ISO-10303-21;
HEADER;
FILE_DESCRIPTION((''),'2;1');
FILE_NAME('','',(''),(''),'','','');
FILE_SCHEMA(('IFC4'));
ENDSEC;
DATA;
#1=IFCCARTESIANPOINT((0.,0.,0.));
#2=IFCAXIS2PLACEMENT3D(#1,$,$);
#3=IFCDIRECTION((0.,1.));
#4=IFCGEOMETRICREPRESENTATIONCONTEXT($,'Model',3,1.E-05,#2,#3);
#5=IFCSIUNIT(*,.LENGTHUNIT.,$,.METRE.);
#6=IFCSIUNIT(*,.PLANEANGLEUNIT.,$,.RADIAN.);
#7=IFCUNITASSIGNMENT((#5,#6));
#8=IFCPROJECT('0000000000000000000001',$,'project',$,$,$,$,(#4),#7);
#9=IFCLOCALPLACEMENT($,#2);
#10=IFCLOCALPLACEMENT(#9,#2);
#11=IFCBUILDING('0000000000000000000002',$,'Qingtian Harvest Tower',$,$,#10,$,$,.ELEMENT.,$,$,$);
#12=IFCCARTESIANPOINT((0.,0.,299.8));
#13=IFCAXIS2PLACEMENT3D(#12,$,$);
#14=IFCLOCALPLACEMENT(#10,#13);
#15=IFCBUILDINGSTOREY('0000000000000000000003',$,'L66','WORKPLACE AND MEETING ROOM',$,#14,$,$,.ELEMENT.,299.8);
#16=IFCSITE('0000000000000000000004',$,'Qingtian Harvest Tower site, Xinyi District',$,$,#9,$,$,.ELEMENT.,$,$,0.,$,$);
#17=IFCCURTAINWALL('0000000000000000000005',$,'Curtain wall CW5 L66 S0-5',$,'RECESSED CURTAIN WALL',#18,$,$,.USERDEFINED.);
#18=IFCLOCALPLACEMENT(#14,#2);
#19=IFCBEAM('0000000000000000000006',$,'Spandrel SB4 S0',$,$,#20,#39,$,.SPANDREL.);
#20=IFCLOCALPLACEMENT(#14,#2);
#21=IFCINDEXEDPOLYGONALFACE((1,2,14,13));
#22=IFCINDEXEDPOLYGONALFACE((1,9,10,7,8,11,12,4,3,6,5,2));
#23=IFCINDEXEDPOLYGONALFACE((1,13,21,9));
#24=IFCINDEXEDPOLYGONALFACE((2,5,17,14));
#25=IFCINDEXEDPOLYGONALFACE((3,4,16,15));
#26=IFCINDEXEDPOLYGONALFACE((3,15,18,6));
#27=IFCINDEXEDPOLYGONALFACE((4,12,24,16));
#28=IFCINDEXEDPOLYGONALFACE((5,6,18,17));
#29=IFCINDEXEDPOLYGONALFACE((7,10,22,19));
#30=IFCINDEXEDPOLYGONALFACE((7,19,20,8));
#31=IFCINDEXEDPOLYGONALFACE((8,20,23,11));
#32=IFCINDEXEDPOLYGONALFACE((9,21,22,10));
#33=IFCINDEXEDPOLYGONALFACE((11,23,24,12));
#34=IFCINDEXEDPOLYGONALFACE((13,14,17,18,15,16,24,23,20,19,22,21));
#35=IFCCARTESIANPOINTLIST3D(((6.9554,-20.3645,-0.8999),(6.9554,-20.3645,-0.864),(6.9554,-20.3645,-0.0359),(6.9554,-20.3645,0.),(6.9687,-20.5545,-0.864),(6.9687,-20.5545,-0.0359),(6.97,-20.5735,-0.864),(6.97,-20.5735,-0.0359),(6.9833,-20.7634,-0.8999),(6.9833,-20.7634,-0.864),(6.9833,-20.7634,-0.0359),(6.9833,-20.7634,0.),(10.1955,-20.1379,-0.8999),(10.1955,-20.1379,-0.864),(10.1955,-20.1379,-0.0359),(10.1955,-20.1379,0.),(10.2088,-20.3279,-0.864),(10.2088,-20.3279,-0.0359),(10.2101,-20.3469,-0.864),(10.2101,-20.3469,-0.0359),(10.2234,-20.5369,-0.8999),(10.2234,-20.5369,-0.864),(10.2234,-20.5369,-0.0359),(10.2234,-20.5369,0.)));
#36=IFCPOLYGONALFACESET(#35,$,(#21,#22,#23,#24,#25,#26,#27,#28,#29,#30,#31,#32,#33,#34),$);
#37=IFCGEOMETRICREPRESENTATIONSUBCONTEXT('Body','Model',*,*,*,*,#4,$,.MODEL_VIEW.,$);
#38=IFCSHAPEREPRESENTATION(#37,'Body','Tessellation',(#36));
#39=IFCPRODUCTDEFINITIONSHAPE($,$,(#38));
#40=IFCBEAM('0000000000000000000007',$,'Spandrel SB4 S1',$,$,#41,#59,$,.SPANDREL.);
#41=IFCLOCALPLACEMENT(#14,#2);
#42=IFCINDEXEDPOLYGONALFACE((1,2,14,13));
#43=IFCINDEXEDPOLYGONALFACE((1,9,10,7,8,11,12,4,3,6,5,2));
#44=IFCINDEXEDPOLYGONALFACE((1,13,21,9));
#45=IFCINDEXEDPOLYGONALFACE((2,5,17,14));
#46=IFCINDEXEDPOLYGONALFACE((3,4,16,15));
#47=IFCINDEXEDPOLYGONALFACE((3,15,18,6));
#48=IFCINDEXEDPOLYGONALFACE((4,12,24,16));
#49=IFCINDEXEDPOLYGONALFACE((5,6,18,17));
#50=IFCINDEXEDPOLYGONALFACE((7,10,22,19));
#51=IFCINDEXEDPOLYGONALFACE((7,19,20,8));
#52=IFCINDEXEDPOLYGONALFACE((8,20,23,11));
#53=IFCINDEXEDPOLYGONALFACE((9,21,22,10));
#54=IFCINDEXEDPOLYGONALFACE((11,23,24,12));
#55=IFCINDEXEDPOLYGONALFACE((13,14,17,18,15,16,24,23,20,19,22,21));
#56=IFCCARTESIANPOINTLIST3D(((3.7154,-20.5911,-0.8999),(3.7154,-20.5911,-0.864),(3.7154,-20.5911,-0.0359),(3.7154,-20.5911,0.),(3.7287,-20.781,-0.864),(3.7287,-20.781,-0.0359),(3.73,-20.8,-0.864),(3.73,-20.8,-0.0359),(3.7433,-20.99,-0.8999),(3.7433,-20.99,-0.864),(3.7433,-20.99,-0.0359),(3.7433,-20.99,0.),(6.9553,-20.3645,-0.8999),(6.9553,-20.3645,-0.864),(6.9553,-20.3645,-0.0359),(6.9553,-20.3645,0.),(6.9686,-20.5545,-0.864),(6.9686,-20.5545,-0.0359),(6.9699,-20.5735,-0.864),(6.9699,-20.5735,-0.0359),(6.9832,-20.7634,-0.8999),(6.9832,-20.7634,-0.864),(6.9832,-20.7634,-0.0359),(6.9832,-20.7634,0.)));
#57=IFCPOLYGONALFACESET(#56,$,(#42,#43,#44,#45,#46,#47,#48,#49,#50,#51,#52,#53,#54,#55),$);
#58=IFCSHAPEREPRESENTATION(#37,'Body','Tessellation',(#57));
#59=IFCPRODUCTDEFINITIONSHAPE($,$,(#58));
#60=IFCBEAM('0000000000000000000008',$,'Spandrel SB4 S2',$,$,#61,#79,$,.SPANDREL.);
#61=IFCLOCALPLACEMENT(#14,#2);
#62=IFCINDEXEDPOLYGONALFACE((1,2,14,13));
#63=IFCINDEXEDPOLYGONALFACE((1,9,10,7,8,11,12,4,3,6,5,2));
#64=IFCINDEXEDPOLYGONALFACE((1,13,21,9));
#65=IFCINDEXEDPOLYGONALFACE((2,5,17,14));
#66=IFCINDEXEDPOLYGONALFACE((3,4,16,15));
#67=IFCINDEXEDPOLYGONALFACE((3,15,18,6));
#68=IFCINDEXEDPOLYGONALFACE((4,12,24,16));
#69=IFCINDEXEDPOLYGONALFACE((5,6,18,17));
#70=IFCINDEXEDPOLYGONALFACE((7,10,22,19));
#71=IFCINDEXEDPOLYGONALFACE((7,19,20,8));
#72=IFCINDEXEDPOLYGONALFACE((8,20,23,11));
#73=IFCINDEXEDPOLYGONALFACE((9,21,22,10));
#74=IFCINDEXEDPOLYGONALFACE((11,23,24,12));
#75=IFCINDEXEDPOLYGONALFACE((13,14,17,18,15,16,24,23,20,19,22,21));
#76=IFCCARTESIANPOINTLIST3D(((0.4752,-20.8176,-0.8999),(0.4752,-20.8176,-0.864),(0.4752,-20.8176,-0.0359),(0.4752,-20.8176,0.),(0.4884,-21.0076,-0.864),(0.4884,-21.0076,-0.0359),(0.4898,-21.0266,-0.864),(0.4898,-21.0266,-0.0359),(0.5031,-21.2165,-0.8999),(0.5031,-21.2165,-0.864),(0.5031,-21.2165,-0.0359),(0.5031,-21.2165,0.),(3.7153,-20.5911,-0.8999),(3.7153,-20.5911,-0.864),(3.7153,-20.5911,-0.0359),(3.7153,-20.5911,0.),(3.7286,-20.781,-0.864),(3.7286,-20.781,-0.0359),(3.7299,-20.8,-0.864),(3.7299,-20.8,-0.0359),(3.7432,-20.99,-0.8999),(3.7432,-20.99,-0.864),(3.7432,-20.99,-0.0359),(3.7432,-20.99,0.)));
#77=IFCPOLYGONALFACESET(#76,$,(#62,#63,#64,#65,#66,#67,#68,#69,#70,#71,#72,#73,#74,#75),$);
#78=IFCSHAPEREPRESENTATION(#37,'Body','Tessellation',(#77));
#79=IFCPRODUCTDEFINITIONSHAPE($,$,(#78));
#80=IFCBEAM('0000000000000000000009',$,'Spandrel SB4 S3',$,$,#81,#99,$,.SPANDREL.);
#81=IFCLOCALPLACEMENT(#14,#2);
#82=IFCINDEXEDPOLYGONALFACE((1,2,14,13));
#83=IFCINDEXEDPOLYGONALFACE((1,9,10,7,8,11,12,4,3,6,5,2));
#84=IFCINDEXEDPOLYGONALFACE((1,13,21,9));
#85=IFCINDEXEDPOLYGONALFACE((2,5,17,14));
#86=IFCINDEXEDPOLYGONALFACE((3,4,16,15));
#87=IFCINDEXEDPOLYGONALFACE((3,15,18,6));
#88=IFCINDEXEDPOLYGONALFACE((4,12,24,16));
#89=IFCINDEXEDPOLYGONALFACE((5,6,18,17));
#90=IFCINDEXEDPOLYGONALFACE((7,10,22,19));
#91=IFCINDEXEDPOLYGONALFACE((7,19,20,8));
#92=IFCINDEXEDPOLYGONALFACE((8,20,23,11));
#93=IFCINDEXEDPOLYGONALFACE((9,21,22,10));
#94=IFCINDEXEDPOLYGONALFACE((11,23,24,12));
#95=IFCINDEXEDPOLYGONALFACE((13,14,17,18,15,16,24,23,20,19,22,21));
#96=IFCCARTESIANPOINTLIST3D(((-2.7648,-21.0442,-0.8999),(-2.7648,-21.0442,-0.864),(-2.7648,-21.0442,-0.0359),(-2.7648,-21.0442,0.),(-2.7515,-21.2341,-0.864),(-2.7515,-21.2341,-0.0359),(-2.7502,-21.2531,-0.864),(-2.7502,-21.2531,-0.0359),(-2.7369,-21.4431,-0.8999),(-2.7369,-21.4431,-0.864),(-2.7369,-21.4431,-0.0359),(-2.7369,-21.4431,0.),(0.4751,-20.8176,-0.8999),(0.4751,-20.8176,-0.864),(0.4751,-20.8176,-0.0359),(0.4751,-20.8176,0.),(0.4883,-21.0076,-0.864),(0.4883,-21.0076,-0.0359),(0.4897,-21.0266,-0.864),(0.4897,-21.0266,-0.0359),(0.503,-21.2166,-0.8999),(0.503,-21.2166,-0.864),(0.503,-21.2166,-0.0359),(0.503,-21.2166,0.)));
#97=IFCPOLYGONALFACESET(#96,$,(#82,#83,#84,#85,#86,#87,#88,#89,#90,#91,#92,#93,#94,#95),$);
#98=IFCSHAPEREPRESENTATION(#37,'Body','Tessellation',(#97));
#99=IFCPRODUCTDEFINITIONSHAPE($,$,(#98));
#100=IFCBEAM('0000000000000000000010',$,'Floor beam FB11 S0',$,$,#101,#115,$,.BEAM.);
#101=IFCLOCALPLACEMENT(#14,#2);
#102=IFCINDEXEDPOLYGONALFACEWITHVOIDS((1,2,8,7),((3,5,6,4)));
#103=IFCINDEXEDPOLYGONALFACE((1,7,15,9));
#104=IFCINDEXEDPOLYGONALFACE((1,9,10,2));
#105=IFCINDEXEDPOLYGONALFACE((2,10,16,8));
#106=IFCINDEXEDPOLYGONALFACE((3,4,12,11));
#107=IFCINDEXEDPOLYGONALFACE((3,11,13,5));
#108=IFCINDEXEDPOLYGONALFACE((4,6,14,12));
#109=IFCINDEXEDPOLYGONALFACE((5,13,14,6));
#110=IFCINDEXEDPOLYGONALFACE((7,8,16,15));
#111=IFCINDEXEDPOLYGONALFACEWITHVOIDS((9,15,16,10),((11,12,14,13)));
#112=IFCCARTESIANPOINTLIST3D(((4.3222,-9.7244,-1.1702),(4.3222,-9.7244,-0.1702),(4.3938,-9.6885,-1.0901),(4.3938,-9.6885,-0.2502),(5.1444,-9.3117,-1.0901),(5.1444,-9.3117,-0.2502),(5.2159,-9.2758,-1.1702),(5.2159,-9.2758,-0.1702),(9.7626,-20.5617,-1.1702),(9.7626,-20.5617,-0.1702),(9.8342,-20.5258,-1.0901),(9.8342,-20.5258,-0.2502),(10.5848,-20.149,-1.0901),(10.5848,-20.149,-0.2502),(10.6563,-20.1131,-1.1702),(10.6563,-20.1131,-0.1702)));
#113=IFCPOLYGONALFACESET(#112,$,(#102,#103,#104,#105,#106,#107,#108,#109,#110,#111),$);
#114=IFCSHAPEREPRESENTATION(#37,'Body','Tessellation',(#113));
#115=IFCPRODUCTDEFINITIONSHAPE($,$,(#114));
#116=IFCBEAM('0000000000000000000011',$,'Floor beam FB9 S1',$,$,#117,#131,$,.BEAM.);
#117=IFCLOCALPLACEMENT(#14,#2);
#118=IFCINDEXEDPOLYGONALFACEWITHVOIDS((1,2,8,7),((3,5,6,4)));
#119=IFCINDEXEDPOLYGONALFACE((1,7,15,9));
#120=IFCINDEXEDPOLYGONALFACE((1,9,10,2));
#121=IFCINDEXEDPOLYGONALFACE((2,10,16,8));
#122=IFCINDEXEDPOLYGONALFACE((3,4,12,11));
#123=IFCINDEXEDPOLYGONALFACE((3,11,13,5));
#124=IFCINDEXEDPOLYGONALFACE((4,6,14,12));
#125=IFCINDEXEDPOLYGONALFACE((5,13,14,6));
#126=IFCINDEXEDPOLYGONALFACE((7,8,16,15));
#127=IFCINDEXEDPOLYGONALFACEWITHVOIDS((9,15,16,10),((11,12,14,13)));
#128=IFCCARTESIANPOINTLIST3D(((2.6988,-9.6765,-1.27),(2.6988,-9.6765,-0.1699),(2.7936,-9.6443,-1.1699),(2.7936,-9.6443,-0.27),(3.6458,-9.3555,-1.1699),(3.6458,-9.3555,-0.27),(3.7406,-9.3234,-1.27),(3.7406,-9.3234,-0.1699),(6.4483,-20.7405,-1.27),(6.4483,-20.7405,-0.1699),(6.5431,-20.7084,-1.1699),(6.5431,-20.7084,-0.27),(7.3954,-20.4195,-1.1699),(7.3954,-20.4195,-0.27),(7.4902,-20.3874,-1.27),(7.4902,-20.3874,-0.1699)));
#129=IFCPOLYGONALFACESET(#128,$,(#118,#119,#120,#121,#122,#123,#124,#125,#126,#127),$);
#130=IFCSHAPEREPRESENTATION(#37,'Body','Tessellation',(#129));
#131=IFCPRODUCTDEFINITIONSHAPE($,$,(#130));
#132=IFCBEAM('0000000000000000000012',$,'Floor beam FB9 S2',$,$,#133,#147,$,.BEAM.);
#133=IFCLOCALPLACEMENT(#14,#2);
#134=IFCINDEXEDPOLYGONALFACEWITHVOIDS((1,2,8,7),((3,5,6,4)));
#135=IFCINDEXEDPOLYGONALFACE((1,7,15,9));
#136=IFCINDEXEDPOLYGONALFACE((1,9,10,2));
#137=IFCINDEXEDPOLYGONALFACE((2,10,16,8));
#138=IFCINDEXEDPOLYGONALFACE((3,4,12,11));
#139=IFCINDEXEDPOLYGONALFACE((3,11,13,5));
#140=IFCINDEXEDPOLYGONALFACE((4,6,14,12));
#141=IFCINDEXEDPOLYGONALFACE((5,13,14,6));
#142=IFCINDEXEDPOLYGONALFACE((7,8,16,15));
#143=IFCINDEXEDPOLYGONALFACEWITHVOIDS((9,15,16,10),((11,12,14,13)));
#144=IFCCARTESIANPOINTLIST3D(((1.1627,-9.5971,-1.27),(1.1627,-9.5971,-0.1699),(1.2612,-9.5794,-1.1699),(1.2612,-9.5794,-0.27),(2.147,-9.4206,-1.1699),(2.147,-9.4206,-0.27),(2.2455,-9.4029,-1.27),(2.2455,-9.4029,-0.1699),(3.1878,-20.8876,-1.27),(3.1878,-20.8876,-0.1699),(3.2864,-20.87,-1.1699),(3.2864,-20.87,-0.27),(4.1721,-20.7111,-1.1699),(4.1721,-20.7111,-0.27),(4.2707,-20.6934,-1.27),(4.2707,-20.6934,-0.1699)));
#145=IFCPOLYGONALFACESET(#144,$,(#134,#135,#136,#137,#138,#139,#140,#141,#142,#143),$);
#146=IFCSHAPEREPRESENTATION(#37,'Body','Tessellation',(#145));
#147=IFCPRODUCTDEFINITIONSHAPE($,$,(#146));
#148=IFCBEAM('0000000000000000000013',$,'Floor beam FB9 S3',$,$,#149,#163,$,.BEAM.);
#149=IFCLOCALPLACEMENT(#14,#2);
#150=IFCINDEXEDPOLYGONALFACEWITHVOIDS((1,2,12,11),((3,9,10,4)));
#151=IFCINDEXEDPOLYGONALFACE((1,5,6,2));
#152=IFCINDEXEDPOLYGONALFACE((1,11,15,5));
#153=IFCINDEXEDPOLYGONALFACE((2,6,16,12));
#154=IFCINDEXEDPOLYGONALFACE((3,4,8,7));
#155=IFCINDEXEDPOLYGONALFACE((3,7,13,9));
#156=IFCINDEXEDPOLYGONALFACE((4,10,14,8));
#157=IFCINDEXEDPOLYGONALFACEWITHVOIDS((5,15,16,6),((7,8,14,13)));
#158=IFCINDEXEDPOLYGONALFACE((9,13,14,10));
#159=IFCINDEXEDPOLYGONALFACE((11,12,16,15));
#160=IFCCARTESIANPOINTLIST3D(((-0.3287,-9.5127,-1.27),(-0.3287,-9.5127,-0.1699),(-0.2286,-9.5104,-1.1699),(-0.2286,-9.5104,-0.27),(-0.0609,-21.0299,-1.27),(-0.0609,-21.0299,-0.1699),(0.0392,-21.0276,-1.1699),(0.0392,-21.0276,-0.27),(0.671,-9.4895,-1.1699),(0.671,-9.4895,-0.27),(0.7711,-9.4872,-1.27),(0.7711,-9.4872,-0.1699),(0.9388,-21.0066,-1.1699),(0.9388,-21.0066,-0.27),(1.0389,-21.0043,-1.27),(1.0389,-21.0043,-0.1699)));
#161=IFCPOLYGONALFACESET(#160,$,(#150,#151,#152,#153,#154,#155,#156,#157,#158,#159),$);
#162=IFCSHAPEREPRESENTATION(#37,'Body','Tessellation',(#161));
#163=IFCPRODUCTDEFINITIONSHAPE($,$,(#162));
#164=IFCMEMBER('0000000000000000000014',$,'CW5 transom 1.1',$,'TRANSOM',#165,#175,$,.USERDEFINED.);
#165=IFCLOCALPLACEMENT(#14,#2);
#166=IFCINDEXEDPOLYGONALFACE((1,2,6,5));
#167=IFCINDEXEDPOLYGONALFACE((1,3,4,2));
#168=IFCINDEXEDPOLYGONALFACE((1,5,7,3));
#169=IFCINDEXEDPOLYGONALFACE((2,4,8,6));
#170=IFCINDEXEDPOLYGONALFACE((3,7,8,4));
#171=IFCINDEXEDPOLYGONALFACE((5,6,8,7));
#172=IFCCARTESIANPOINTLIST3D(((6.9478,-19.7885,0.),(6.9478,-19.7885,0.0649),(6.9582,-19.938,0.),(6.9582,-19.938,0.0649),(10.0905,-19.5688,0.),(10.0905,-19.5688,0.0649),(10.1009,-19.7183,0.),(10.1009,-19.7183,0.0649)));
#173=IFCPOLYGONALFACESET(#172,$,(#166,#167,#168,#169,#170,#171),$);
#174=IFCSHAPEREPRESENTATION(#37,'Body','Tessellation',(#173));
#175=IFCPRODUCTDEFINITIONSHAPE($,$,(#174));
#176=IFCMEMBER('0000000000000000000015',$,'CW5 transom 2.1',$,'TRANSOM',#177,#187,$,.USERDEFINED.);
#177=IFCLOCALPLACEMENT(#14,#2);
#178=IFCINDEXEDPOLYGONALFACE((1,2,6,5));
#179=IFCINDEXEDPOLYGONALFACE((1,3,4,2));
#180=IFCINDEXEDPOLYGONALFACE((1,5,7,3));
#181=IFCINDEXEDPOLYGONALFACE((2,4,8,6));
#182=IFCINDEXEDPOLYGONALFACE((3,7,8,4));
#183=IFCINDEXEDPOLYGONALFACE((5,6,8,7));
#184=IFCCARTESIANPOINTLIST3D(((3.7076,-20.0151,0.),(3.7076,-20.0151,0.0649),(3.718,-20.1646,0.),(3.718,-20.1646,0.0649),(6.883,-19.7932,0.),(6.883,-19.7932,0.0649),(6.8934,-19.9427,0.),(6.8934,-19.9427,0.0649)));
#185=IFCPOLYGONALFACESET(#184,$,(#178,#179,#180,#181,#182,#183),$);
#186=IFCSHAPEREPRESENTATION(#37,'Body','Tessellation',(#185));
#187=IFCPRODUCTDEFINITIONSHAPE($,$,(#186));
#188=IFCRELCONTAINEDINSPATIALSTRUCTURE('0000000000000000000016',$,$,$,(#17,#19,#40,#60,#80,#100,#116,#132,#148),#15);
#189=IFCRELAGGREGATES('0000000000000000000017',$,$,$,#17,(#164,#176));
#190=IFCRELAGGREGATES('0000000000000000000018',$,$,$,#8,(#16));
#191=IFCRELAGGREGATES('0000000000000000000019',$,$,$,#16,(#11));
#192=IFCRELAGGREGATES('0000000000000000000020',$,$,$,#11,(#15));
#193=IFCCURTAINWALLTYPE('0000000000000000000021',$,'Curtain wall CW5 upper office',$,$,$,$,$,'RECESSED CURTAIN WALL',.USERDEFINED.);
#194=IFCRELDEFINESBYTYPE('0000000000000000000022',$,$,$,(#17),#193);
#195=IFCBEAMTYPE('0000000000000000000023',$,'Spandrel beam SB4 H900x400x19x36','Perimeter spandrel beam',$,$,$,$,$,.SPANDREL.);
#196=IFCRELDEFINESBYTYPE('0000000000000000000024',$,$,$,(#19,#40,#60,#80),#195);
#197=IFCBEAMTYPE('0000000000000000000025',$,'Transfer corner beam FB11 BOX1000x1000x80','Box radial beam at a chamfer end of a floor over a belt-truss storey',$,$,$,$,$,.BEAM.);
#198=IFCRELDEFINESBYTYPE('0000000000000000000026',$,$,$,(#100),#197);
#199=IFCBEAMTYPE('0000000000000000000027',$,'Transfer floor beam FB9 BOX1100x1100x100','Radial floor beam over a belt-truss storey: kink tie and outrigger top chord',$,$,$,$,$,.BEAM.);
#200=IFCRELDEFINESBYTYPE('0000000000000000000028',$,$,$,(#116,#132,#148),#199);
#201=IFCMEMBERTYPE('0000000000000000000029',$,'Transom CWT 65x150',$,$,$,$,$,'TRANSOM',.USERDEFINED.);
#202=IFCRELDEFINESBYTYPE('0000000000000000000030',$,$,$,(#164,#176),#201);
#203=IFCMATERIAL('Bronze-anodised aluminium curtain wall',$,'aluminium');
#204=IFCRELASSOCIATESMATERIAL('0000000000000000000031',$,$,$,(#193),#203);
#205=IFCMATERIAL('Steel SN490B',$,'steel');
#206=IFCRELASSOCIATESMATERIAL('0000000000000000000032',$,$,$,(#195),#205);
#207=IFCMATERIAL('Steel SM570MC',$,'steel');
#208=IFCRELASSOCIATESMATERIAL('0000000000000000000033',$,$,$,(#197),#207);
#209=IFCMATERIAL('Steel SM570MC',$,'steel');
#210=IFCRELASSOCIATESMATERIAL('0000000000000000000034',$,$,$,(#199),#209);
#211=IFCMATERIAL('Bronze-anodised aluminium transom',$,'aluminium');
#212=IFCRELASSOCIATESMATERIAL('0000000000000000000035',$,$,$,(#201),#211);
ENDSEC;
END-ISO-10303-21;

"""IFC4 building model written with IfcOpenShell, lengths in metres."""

from ifc_helpers import new_model, si_unit, direction, frame, origin, origin_2d, place, context, subcontext, project, spatial, rectangle, hollow_rectangle, i_section, extrude, material, material_profile, profile_set, type_object, element, aggregate, save


model = new_model("IFC4")

# Units and contexts
model_context = context("Model", 3, precision=1e-05, world=origin(), true_north=direction((0.0, 1.0)))
body_context = subcontext(model_context, "Body", "Model", "MODEL_VIEW")
ifc_project = project(units=[si_unit("LENGTHUNIT", "METRE"), si_unit("PLANEANGLEUNIT", "RADIAN")], contexts=[model_context])

# Site, building, storey
site_placement = place(None, origin())
site = spatial("IfcSite", under=ifc_project, at=site_placement, Name="Qingtian Harvest Tower site, Xinyi District", CompositionType="ELEMENT", RefElevation=0.0)
building_placement = place(site_placement, origin())
building = spatial("IfcBuilding", under=site, at=building_placement, Name="Qingtian Harvest Tower", CompositionType="ELEMENT")
storey_placement = place(building_placement, frame((0.0, 0.0, 299.8)))
storey = spatial("IfcBuildingStorey", under=building, at=storey_placement, Name="L66", Description="WORKPLACE AND MEETING ROOM", CompositionType="ELEMENT", Elevation=299.8)

# Shared definitions
ifc_material_1 = material(Name="Bronze-anodised aluminium curtain wall", Category="aluminium")
curtain_wall_type = type_object("IfcCurtainWallType", Name="Curtain wall CW5 upper office", ElementType="RECESSED CURTAIN WALL", PredefinedType="USERDEFINED", material=ifc_material_1)

# Curtain wall
curtain_wall_1_placement = place(storey_placement, origin())
curtain_wall_1 = element("IfcCurtainWall", 1, at=curtain_wall_1_placement, inside=storey, type_object=curtain_wall_type, Name="Curtain wall CW5 L66 S0-5", ObjectType="RECESSED CURTAIN WALL", PredefinedType="USERDEFINED")

# Beams
ifc_material_2 = material(Name="Steel SN490B", Category="steel")
ifc_material_profile_1 = material_profile(ifc_material_2, i_section(OverallWidth=0.3999, OverallDepth=0.8999, WebThickness=0.019, FlangeThickness=0.0359, at=origin_2d()), Name="H900x400x19x36")
ifc_profile_set_1 = profile_set([ifc_material_profile_1], Name="Steel SN490B")
beam_type_1 = type_object("IfcBeamType", Name="Spandrel beam SB4 H900x400x19x36", Description="Perimeter spandrel beam", PredefinedType="SPANDREL", material=ifc_profile_set_1)
beam_1_placement = place(storey_placement, frame((10.2095, -20.3374, -0.45), z_axis=(-0.997564, -0.069751, 0.0), x_axis=(0.069751, -0.997564, 0.0)))
element("IfcBeam", 2, at=beam_1_placement, inside=storey, type_object=beam_type_1, Name="Spandrel SB4 S0", PredefinedType="SPANDREL", context=body_context, shape_type="SweptSolid", body=[
    extrude(i_section(OverallWidth=0.3999, OverallDepth=0.8999, WebThickness=0.019, FlangeThickness=0.0359, at=origin_2d()), origin(), (0.0, 0.0, 1.0), 3.248),
])
beam_2_placement = place(storey_placement, frame((6.9692, -20.564, -0.45), z_axis=(-0.997564, -0.069757, 0.0), x_axis=(0.069757, -0.997564, 0.0)))
element("IfcBeam", 3, at=beam_2_placement, inside=storey, type_object=beam_type_1, Name="Spandrel SB4 S1", PredefinedType="SPANDREL", context=body_context, shape_type="SweptSolid", body=[
    extrude(i_section(OverallWidth=0.3999, OverallDepth=0.8999, WebThickness=0.019, FlangeThickness=0.0359, at=origin_2d()), origin(), (0.0, 0.0, 1.0), 3.2478),
])
beam_3_placement = place(storey_placement, frame((3.7292, -20.7905, -0.45), z_axis=(-0.997564, -0.069751, 0.0), x_axis=(0.069751, -0.997564, 0.0)))
element("IfcBeam", 4, at=beam_3_placement, inside=storey, type_object=beam_type_1, Name="Spandrel SB4 S2", PredefinedType="SPANDREL", context=body_context, shape_type="SweptSolid", body=[
    extrude(i_section(OverallWidth=0.3999, OverallDepth=0.8999, WebThickness=0.019, FlangeThickness=0.0359, at=origin_2d()), origin(), (0.0, 0.0, 1.0), 3.248),
])
beam_4_placement = place(storey_placement, frame((0.489, -21.0171, -0.45), z_axis=(-0.997564, -0.069757, 0.0), x_axis=(0.069757, -0.997564, 0.0)))
element("IfcBeam", 5, at=beam_4_placement, inside=storey, type_object=beam_type_1, Name="Spandrel SB4 S3", PredefinedType="SPANDREL", context=body_context, shape_type="SweptSolid", body=[
    extrude(i_section(OverallWidth=0.3999, OverallDepth=0.8999, WebThickness=0.019, FlangeThickness=0.0359, at=origin_2d()), origin(), (0.0, 0.0, 1.0), 3.2478),
])
ifc_material_3 = material(Name="Steel SM570MC", Category="steel")
ifc_material_profile_2 = material_profile(ifc_material_3, hollow_rectangle(XDim=1.0, YDim=1.0, WallThickness=0.0801, at=origin_2d()), Name="BOX1000x1000x80")
ifc_profile_set_2 = profile_set([ifc_material_profile_2], Name="Steel SM570MC")
beam_type_2 = type_object("IfcBeamType", Name="Transfer corner beam FB11 BOX1000x1000x80", Description="Box radial beam at a chamfer end of a floor over a belt-truss storey", PredefinedType="BEAM", material=ifc_profile_set_2)
beam_5_placement = place(storey_placement, frame((10.2095, -20.3374, -0.6702), z_axis=(-0.448646, 0.893709, 0.0), x_axis=(-0.893709, -0.448646, 0.0)))
element("IfcBeam", 6, at=beam_5_placement, inside=storey, type_object=beam_type_2, Name="Floor beam FB11 S0", PredefinedType="BEAM", context=body_context, shape_type="SweptSolid", body=[
    extrude(hollow_rectangle(XDim=1.0, YDim=1.0, WallThickness=0.0801, at=origin_2d()), origin(), (0.0, 0.0, 1.0), 12.1262),
])
ifc_material_4 = material(Name="Steel SM570MC", Category="steel")
ifc_material_profile_3 = material_profile(ifc_material_4, hollow_rectangle(XDim=1.1001, YDim=1.1001, WallThickness=0.1001, at=origin_2d()), Name="BOX1100x1100x100")
ifc_profile_set_3 = profile_set([ifc_material_profile_3], Name="Steel SM570MC")
beam_type_3 = type_object("IfcBeamType", Name="Transfer floor beam FB9 BOX1100x1100x100", Description="Radial floor beam over a belt-truss storey: kink tie and outrigger top chord", PredefinedType="BEAM", material=ifc_profile_set_3)
beam_6_placement = place(storey_placement, frame((6.9692, -20.564, -0.72), z_axis=(-0.320964, 0.947092, 0.0), x_axis=(-0.947092, -0.320964, 0.0)))
element("IfcBeam", 7, at=beam_6_placement, inside=storey, type_object=beam_type_3, Name="Floor beam FB9 S1", PredefinedType="BEAM", context=body_context, shape_type="SweptSolid", body=[
    extrude(hollow_rectangle(XDim=1.1001, YDim=1.1001, WallThickness=0.1001, at=origin_2d()), origin(), (0.0, 0.0, 1.0), 11.6821),
])
beam_7_placement = place(storey_placement, frame((3.7292, -20.7905, -0.72), z_axis=(-0.176549, 0.984292, 0.0), x_axis=(-0.984292, -0.176549, 0.0)))
element("IfcBeam", 8, at=beam_7_placement, inside=storey, type_object=beam_type_3, Name="Floor beam FB9 S2", PredefinedType="BEAM", context=body_context, shape_type="SweptSolid", body=[
    extrude(hollow_rectangle(XDim=1.1001, YDim=1.1001, WallThickness=0.1001, at=origin_2d()), origin(), (0.0, 0.0, 1.0), 11.4707),
])
beam_8_placement = place(storey_placement, frame((0.489, -21.0171, -0.72), z_axis=(-0.023248, 0.99973, 0.0), x_axis=(-0.99973, -0.023248, 0.0)))
element("IfcBeam", 9, at=beam_8_placement, inside=storey, type_object=beam_type_3, Name="Floor beam FB9 S3", PredefinedType="BEAM", context=body_context, shape_type="SweptSolid", body=[
    extrude(hollow_rectangle(XDim=1.1001, YDim=1.1001, WallThickness=0.1001, at=origin_2d()), origin(), (0.0, 0.0, 1.0), 11.5203),
])

# Members
ifc_material_5 = material(Name="Bronze-anodised aluminium transom", Category="aluminium")
ifc_material_profile_4 = material_profile(ifc_material_5, rectangle(XDim=0.1499, YDim=0.0649, at=origin_2d()), Name="AL 65x150")
ifc_profile_set_4 = profile_set([ifc_material_profile_4], Name="Bronze-anodised aluminium transom")
member_type_1 = type_object("IfcMemberType", Name="Transom CWT 65x150", ElementType="TRANSOM", PredefinedType="USERDEFINED", material=ifc_profile_set_4)
member_1_placement = place(storey_placement, frame((10.0957, -19.6436, 0.0325), z_axis=(-0.997565, -0.069744, 0.0), x_axis=(0.069744, -0.997565, 0.0)))
member_1 = element("IfcMember", 10, at=member_1_placement, type_object=member_type_1, Name="CW5 transom 1.1", ObjectType="TRANSOM", PredefinedType="USERDEFINED", context=body_context, shape_type="SweptSolid", body=[
    extrude(rectangle(XDim=0.1499, YDim=0.0649, at=origin_2d()), origin(), (0.0, 0.0, 1.0), 3.1504),
])
member_2_placement = place(storey_placement, frame((6.8882, -19.8679, 0.0325), z_axis=(-0.997567, -0.069721, 0.0), x_axis=(0.069721, -0.997567, 0.0)))
member_2 = element("IfcMember", 11, at=member_2_placement, type_object=member_type_1, Name="CW5 transom 2.1", ObjectType="TRANSOM", PredefinedType="USERDEFINED", context=body_context, shape_type="SweptSolid", body=[
    extrude(rectangle(XDim=0.1499, YDim=0.0649, at=origin_2d()), origin(), (0.0, 0.0, 1.0), 3.1831),
])

aggregate(curtain_wall_1, [member_1, member_2])

save(model, "model.ifc")
